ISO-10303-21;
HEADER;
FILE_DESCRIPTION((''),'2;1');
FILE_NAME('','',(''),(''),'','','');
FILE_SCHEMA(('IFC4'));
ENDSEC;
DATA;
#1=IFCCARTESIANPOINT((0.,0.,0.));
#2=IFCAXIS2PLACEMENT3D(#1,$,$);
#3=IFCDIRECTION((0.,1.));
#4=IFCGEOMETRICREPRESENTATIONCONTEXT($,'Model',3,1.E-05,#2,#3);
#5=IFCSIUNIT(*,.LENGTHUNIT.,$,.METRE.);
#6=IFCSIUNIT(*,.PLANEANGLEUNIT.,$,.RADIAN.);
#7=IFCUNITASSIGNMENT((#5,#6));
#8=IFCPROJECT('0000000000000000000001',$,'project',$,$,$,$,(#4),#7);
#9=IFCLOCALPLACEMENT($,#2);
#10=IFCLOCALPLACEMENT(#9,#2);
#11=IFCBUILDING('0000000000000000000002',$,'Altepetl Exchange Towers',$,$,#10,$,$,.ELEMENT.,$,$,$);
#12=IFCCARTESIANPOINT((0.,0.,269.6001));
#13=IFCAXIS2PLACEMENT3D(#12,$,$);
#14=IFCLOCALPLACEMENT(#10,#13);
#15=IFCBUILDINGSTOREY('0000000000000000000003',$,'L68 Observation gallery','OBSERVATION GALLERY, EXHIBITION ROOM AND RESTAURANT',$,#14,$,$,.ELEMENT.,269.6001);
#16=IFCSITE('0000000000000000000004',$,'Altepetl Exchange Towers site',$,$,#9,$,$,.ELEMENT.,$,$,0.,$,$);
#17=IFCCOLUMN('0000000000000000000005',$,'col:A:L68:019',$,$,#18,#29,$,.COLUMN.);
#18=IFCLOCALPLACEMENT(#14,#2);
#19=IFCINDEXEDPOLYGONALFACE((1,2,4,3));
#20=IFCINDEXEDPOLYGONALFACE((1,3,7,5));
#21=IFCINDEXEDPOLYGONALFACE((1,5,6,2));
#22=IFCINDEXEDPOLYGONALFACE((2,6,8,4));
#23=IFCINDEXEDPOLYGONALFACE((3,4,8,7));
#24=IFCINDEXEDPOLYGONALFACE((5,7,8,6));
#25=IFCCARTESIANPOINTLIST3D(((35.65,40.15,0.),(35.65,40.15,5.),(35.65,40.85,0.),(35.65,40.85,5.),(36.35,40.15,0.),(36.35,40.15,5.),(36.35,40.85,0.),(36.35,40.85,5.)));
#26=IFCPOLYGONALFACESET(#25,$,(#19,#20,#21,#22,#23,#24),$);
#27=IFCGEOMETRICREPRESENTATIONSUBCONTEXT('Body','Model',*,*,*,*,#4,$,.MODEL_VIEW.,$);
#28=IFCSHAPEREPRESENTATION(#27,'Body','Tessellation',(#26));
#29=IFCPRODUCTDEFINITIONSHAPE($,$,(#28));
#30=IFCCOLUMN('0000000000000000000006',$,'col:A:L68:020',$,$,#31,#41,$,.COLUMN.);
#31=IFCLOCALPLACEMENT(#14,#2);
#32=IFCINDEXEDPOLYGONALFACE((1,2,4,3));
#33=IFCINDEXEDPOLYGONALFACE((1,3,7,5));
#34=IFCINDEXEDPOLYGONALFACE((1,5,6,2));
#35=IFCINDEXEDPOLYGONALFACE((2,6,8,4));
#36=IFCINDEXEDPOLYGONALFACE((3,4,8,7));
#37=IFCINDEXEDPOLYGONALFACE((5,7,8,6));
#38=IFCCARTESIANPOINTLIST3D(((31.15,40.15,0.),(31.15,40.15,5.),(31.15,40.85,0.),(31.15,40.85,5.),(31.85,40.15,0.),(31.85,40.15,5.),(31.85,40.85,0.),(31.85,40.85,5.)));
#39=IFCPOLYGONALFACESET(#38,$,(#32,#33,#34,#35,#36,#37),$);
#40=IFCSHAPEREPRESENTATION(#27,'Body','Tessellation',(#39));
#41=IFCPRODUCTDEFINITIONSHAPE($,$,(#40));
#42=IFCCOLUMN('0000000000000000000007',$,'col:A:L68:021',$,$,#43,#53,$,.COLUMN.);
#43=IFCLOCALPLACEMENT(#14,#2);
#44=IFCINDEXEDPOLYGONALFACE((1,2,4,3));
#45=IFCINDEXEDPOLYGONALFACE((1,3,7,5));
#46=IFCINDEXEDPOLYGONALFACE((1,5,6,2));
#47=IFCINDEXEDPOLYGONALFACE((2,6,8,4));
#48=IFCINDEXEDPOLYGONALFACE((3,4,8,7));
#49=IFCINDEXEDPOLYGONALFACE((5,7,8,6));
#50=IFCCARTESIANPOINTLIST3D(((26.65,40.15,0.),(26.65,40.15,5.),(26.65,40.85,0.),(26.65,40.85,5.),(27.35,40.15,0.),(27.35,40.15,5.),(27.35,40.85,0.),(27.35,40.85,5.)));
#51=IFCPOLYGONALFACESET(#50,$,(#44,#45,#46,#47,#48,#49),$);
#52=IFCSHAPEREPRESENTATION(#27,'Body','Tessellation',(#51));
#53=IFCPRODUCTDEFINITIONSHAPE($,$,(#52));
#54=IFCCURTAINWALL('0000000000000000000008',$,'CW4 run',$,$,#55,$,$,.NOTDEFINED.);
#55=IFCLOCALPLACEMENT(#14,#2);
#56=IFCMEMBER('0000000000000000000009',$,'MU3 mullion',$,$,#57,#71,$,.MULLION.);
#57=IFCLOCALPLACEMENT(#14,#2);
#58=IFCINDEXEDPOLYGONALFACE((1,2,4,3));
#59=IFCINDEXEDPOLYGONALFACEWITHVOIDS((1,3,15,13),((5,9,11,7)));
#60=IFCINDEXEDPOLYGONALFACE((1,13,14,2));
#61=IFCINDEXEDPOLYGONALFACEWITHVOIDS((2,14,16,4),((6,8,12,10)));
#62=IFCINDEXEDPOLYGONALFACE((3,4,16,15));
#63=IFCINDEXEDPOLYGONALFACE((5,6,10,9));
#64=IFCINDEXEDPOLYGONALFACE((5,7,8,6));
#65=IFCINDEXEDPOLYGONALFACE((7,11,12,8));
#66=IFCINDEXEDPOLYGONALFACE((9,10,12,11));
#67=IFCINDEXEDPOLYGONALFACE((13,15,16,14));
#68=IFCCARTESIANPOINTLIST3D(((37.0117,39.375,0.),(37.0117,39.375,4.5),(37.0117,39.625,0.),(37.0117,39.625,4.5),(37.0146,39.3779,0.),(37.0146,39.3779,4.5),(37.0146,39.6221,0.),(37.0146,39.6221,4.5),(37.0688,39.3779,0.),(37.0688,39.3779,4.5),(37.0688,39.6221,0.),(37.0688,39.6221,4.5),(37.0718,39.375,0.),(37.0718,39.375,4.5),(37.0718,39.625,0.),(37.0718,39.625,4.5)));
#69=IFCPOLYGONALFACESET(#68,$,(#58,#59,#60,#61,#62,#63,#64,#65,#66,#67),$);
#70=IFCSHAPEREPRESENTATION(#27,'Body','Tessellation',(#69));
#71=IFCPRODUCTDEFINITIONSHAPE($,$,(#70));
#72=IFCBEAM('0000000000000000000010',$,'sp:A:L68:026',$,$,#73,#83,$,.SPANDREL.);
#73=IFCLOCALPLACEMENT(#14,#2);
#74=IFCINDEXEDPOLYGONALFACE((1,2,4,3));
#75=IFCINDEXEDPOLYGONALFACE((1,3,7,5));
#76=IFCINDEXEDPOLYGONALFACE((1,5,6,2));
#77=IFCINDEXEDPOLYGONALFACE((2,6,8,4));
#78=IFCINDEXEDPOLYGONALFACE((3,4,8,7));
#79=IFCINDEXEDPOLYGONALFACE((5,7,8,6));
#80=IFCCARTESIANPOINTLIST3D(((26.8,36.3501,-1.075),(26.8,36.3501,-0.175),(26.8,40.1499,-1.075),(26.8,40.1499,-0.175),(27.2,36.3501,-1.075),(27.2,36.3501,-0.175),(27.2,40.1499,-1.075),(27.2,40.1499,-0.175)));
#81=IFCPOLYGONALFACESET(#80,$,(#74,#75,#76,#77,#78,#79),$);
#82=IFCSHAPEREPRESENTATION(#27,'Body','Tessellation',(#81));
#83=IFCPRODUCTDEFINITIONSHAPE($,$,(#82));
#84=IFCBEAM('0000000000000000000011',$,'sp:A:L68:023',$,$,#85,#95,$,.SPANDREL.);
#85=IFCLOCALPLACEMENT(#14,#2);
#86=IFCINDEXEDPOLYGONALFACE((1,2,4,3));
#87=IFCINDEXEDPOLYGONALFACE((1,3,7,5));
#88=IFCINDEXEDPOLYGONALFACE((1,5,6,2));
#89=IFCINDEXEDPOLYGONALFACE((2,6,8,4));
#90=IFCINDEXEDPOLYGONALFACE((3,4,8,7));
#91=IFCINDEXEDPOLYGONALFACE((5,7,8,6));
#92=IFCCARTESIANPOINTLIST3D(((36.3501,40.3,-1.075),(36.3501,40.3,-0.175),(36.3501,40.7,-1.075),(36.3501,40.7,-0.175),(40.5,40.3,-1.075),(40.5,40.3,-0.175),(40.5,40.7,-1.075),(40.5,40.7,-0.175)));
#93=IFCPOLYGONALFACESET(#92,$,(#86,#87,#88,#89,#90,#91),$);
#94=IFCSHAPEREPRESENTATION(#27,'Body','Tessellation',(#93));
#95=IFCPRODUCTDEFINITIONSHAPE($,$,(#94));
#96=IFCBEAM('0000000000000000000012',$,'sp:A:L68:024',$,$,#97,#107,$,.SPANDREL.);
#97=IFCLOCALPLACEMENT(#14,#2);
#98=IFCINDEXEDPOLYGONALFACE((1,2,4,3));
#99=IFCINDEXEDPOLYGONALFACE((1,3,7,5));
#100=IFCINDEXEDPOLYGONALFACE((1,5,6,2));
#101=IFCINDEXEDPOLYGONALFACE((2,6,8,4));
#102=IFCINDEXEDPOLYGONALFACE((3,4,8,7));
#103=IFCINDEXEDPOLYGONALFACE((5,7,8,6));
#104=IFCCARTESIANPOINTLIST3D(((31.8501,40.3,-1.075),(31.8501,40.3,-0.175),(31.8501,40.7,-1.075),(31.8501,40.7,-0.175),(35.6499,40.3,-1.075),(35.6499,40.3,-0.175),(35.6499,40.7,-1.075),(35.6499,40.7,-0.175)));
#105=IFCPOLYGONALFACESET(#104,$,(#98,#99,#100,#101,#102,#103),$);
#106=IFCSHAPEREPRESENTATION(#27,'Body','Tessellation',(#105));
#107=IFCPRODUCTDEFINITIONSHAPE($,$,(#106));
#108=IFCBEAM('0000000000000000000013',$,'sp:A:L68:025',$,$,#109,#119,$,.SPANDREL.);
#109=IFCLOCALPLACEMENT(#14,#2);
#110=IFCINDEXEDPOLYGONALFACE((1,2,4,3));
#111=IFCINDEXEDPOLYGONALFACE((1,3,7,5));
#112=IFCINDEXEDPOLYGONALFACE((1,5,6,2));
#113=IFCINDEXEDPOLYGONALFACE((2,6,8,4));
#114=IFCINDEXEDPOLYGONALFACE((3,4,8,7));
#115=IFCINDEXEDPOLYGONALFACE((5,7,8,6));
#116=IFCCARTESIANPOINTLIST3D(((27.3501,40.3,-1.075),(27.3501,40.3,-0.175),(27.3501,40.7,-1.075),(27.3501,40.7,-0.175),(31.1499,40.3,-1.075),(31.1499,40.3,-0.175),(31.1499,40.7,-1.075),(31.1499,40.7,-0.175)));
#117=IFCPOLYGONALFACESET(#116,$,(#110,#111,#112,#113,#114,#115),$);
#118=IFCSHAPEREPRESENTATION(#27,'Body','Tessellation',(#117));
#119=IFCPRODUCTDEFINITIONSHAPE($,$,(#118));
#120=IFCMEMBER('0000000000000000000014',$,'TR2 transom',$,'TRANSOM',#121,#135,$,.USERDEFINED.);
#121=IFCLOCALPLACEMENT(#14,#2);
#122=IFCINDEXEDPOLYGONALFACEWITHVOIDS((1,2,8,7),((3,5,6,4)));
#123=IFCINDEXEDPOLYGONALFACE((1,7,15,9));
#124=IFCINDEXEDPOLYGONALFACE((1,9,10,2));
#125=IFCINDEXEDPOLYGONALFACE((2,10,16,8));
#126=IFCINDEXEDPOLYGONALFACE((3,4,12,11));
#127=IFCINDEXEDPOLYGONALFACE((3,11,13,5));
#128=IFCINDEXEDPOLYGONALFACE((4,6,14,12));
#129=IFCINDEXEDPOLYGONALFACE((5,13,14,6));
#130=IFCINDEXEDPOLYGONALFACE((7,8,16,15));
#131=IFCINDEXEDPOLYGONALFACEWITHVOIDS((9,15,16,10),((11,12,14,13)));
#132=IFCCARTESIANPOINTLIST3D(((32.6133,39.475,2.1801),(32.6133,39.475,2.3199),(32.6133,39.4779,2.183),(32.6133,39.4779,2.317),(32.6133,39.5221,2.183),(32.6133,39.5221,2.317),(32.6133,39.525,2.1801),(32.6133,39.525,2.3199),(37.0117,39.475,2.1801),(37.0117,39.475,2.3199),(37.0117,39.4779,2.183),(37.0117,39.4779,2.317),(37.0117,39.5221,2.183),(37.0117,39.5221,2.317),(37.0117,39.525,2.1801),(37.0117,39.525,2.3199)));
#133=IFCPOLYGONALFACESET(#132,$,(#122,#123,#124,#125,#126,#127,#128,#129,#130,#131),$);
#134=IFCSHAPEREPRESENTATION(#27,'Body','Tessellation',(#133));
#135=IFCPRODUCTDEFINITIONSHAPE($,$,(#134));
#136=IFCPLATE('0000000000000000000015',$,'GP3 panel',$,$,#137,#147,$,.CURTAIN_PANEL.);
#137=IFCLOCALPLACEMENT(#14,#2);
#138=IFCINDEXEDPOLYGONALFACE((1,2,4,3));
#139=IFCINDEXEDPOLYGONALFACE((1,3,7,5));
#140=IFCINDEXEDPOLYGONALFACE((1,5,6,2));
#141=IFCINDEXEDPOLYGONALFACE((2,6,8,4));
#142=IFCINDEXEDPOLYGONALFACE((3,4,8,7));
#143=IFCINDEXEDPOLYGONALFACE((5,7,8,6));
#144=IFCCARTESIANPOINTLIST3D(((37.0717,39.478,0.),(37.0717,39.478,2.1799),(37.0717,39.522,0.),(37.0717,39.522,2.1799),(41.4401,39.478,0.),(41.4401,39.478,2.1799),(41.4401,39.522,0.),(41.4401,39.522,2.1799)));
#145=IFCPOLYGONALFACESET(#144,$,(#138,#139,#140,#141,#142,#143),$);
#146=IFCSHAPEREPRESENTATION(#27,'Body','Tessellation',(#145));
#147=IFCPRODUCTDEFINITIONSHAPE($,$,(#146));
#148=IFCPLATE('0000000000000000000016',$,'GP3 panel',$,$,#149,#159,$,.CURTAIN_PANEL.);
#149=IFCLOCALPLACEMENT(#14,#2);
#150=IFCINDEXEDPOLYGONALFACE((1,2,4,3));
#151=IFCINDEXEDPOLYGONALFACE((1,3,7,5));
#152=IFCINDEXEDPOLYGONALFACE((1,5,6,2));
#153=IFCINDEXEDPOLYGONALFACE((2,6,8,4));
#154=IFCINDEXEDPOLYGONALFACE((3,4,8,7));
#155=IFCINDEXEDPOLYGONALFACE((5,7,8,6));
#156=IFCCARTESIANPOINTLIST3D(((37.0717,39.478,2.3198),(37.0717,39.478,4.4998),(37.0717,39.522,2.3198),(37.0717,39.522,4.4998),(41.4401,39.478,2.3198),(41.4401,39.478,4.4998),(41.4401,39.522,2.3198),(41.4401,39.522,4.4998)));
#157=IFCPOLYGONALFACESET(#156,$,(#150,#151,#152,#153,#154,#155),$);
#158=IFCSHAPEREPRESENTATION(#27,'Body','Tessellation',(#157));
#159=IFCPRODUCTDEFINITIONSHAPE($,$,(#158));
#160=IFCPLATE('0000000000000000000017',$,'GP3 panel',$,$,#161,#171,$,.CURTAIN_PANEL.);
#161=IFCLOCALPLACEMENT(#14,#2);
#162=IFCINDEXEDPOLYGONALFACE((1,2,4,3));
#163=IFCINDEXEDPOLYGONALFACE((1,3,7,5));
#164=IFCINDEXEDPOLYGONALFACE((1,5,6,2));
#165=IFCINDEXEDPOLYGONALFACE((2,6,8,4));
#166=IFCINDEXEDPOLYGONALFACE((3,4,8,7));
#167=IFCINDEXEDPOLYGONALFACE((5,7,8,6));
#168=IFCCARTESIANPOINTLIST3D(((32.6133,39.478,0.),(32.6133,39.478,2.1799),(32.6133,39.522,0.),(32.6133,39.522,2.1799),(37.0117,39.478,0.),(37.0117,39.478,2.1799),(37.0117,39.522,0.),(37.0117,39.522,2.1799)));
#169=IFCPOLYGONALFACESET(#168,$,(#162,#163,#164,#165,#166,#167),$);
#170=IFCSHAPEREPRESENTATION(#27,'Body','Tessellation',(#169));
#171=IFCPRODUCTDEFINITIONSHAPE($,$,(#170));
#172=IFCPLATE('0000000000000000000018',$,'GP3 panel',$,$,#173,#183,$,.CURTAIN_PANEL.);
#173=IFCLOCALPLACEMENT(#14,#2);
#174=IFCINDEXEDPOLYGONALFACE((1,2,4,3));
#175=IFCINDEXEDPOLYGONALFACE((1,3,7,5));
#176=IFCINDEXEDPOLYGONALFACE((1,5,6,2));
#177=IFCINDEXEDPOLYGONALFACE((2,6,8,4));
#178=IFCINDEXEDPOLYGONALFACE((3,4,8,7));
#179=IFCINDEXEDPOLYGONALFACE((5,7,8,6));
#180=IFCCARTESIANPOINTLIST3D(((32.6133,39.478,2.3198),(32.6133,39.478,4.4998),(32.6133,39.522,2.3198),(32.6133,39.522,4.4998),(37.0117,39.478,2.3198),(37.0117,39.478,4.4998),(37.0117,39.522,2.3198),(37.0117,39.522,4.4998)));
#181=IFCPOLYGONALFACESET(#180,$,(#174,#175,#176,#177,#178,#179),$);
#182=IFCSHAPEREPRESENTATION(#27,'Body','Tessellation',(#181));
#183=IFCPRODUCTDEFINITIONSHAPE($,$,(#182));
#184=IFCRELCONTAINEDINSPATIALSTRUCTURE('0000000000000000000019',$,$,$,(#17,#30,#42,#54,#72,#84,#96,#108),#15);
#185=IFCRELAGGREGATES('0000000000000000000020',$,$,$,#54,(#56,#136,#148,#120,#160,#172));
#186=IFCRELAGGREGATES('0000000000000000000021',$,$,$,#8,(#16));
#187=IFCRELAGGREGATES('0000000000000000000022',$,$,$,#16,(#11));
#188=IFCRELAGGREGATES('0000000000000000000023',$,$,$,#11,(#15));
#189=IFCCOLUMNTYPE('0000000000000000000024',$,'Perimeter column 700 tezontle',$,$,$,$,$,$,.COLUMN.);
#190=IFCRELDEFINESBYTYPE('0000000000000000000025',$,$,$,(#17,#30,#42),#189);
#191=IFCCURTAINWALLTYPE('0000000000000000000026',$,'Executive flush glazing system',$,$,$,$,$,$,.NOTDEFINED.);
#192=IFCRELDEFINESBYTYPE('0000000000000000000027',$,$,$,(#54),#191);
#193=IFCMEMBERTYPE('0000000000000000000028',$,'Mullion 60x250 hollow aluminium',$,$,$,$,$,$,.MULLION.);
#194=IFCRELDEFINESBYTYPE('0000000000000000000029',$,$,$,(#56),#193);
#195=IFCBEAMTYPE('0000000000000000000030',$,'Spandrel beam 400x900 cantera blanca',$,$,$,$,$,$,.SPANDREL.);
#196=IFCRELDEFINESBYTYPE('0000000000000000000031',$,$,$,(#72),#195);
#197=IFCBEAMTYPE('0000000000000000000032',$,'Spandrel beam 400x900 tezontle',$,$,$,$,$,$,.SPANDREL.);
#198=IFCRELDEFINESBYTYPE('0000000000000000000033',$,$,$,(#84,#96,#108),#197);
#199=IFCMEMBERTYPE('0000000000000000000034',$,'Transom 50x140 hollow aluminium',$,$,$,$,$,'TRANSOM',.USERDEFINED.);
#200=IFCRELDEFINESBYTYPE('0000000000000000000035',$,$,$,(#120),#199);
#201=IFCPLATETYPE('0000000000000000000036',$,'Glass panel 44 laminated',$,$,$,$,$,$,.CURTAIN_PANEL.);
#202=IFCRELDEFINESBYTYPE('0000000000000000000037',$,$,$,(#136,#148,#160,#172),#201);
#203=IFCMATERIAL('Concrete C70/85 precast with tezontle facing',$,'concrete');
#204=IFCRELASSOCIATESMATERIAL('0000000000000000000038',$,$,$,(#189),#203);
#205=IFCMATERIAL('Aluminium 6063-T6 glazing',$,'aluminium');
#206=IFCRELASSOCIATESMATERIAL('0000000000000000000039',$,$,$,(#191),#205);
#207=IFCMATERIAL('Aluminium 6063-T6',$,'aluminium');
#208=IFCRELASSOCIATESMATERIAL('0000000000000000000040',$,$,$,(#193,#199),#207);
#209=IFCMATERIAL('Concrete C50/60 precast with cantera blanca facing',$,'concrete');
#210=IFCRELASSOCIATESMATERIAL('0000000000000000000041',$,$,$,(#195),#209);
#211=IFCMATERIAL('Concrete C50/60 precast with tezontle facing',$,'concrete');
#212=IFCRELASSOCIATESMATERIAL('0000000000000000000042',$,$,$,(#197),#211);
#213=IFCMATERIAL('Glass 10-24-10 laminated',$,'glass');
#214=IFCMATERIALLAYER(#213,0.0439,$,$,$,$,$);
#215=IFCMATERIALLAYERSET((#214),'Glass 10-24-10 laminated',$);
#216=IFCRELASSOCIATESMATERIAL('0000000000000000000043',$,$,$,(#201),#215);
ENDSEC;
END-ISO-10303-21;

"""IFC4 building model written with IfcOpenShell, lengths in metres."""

from ifc_helpers import new_model, si_unit, direction, frame, origin, origin_2d, place, context, subcontext, project, spatial, rectangle, hollow_rectangle, extrude, material, layer, layer_set, material_profile, profile_set, type_object, element, aggregate, save


model = new_model("IFC4")

# Units and contexts
model_context = context("Model", 3, precision=1e-05, world=origin(), true_north=direction((0.0, 1.0)))
body_context = subcontext(model_context, "Body", "Model", "MODEL_VIEW")
ifc_project = project(units=[si_unit("LENGTHUNIT", "METRE"), si_unit("PLANEANGLEUNIT", "RADIAN")], contexts=[model_context])

# Site, building, storey
site_placement = place(None, origin())
site = spatial("IfcSite", under=ifc_project, at=site_placement, Name="Altepetl Exchange Towers site", CompositionType="ELEMENT", RefElevation=0.0)
building_placement = place(site_placement, origin())
building = spatial("IfcBuilding", under=site, at=building_placement, Name="Altepetl Exchange Towers", CompositionType="ELEMENT")
storey_placement = place(building_placement, frame((0.0, 0.0, 269.6001)))
storey = spatial("IfcBuildingStorey", under=building, at=storey_placement, Name="L68 Observation gallery", Description="OBSERVATION GALLERY, EXHIBITION ROOM AND RESTAURANT", CompositionType="ELEMENT", Elevation=269.6001)

# Columns
ifc_material_1 = material(Name="Concrete C70/85 precast with tezontle facing", Category="concrete")
ifc_material_profile_1 = material_profile(ifc_material_1, rectangle(XDim=0.7, YDim=0.7, at=origin_2d()), Name="700 x 700")
ifc_profile_set_1 = profile_set([ifc_material_profile_1], Name="Concrete C70/85 precast with tezontle facing")
column_type = type_object("IfcColumnType", Name="Perimeter column 700 tezontle", PredefinedType="COLUMN", material=ifc_profile_set_1)
for number, where, name in (
    (1, (36.0, 40.5, 0.0), "col:A:L68:019"),
    (2, (31.5, 40.5, 0.0), "col:A:L68:020"),
    (3, (27.0, 40.5, 0.0), "col:A:L68:021"),
):
    element("IfcColumn", number, at=place(storey_placement, frame(where)), inside=storey, type_object=column_type, Name=name, PredefinedType="COLUMN", context=body_context, shape_type="SweptSolid", body=[
        extrude(rectangle(XDim=0.7, YDim=0.7, at=origin_2d()), origin(), (0.0, 0.0, 1.0), 5.0),
    ])

# Curtain wall, member
ifc_material_2 = material(Name="Aluminium 6063-T6 glazing", Category="aluminium")
curtain_wall_type = type_object("IfcCurtainWallType", Name="Executive flush glazing system", PredefinedType="NOTDEFINED", material=ifc_material_2)
curtain_wall_placement = place(storey_placement, origin())
curtain_wall = element("IfcCurtainWall", 4, at=curtain_wall_placement, inside=storey, type_object=curtain_wall_type, Name="CW4 run", PredefinedType="NOTDEFINED")
ifc_material_3 = material(Name="Aluminium 6063-T6", Category="aluminium")
ifc_material_profile_2 = material_profile(ifc_material_3, hollow_rectangle(XDim=0.0601, YDim=0.25, WallThickness=0.0029, at=origin_2d()), Name="Mullion 60x250 hollow aluminium")
ifc_profile_set_2 = profile_set([ifc_material_profile_2], Name="Aluminium 6063-T6")
member_type_1 = type_object("IfcMemberType", Name="Mullion 60x250 hollow aluminium", PredefinedType="MULLION", material=ifc_profile_set_2)
member_1_placement = place(storey_placement, frame((37.0417, 39.5, 0.0), z_axis=(0.0, 0.0, 1.0), x_axis=(-1.0, 0.0, 0.0)))
member_1 = element("IfcMember", 5, at=member_1_placement, type_object=member_type_1, Name="MU3 mullion", PredefinedType="MULLION", context=body_context, shape_type="SweptSolid", body=[
    extrude(hollow_rectangle(XDim=0.0601, YDim=0.25, WallThickness=0.0029, at=origin_2d()), origin(), (0.0, 0.0, 1.0), 4.5),
])

# Beams
ifc_material_4 = material(Name="Concrete C50/60 precast with cantera blanca facing", Category="concrete")
ifc_material_profile_3 = material_profile(ifc_material_4, rectangle(XDim=0.3999, YDim=0.8999, at=origin_2d()), Name="400 x 900")
ifc_profile_set_3 = profile_set([ifc_material_profile_3], Name="Concrete C50/60 precast with cantera blanca facing")
beam_type_1 = type_object("IfcBeamType", Name="Spandrel beam 400x900 cantera blanca", PredefinedType="SPANDREL", material=ifc_profile_set_3)
beam_1_placement = place(storey_placement, frame((27.0, 40.1499, -0.625), z_axis=(0.0, -1.0, 0.0), x_axis=(1.0, 0.0, 0.0)))
element("IfcBeam", 6, at=beam_1_placement, inside=storey, type_object=beam_type_1, Name="sp:A:L68:026", PredefinedType="SPANDREL", context=body_context, shape_type="SweptSolid", body=[
    extrude(rectangle(XDim=0.3999, YDim=0.8999, at=origin_2d()), origin(), (0.0, 0.0, 1.0), 3.7998),
])
ifc_material_5 = material(Name="Concrete C50/60 precast with tezontle facing", Category="concrete")
ifc_material_profile_4 = material_profile(ifc_material_5, rectangle(XDim=0.3999, YDim=0.8999, at=origin_2d()), Name="400 x 900")
ifc_profile_set_4 = profile_set([ifc_material_profile_4], Name="Concrete C50/60 precast with tezontle facing")
beam_type_2 = type_object("IfcBeamType", Name="Spandrel beam 400x900 tezontle", PredefinedType="SPANDREL", material=ifc_profile_set_4)
beam_2_placement = place(storey_placement, frame((40.5, 40.5, -0.625), z_axis=(-1.0, 0.0, 0.0), x_axis=(0.0, -1.0, 0.0)))
element("IfcBeam", 7, at=beam_2_placement, inside=storey, type_object=beam_type_2, Name="sp:A:L68:023", PredefinedType="SPANDREL", context=body_context, shape_type="SweptSolid", body=[
    extrude(rectangle(XDim=0.3999, YDim=0.8999, at=origin_2d()), origin(), (0.0, 0.0, 1.0), 4.1499),
])
for number, where, z_axis, x_axis, name in (
    (8, (35.6499, 40.5, -0.625), (-1.0, 0.0, 0.0), (0.0, -1.0, 0.0), "sp:A:L68:024"),
    (9, (31.1499, 40.5, -0.625), (-1.0, 0.0, 0.0), (0.0, -1.0, 0.0), "sp:A:L68:025"),
):
    element("IfcBeam", number, at=place(storey_placement, frame(where, z_axis=z_axis, x_axis=x_axis)), inside=storey, type_object=beam_type_2, Name=name, PredefinedType="SPANDREL", context=body_context, shape_type="SweptSolid", body=[
        extrude(rectangle(XDim=0.3999, YDim=0.8999, at=origin_2d()), origin(), (0.0, 0.0, 1.0), 3.7998),
    ])

# Member
ifc_material_profile_5 = material_profile(ifc_material_3, hollow_rectangle(XDim=0.05, YDim=0.1399, WallThickness=0.0029, at=origin_2d()), Name="Transom 50x140 hollow aluminium")
ifc_profile_set_5 = profile_set([ifc_material_profile_5], Name="Aluminium 6063-T6")
member_type_2 = type_object("IfcMemberType", Name="Transom 50x140 hollow aluminium", ElementType="TRANSOM", PredefinedType="USERDEFINED", material=ifc_profile_set_5)
member_2_placement = place(storey_placement, frame((37.0117, 39.5, 2.25), z_axis=(-1.0, 0.0, 0.0), x_axis=(0.0, -1.0, 0.0)))
member_2 = element("IfcMember", 10, at=member_2_placement, type_object=member_type_2, Name="TR2 transom", ObjectType="TRANSOM", PredefinedType="USERDEFINED", context=body_context, shape_type="SweptSolid", body=[
    extrude(hollow_rectangle(XDim=0.05, YDim=0.1399, WallThickness=0.0029, at=origin_2d()), origin(), (0.0, 0.0, 1.0), 4.3984),
])

# Plates
ifc_material_6 = material(Name="Glass 10-24-10 laminated", Category="glass")
ifc_layer_1 = layer(ifc_material_6, 0.0439)
ifc_layer_set_1 = layer_set([ifc_layer_1], Name="Glass 10-24-10 laminated")
plate_type = type_object("IfcPlateType", Name="Glass panel 44 laminated", PredefinedType="CURTAIN_PANEL", material=ifc_layer_set_1)
plate_1_placement = place(storey_placement, frame((39.2559, 39.5, 0.0), z_axis=(0.0, 0.0, 1.0), x_axis=(-1.0, 0.0, 0.0)))
plate_1 = element("IfcPlate", 11, at=plate_1_placement, type_object=plate_type, Name="GP3 panel", PredefinedType="CURTAIN_PANEL", context=body_context, shape_type="SweptSolid", body=[
    extrude(rectangle(XDim=4.3684, YDim=0.0439, at=origin_2d()), origin(), (0.0, 0.0, 1.0), 2.1799),
])
plate_2_placement = place(storey_placement, frame((39.2559, 39.5, 2.3198), z_axis=(0.0, 0.0, 1.0), x_axis=(-1.0, 0.0, 0.0)))
plate_2 = element("IfcPlate", 12, at=plate_2_placement, type_object=plate_type, Name="GP3 panel", PredefinedType="CURTAIN_PANEL", context=body_context, shape_type="SweptSolid", body=[
    extrude(rectangle(XDim=4.3684, YDim=0.0439, at=origin_2d()), origin(), (0.0, 0.0, 1.0), 2.1799),
])
plate_3_placement = place(storey_placement, frame((34.8125, 39.5, 0.0), z_axis=(0.0, 0.0, 1.0), x_axis=(-1.0, 0.0, 0.0)))
plate_3 = element("IfcPlate", 13, at=plate_3_placement, type_object=plate_type, Name="GP3 panel", PredefinedType="CURTAIN_PANEL", context=body_context, shape_type="SweptSolid", body=[
    extrude(rectangle(XDim=4.3984, YDim=0.0439, at=origin_2d()), origin(), (0.0, 0.0, 1.0), 2.1799),
])
plate_4_placement = place(storey_placement, frame((34.8125, 39.5, 2.3198), z_axis=(0.0, 0.0, 1.0), x_axis=(-1.0, 0.0, 0.0)))
plate_4 = element("IfcPlate", 14, at=plate_4_placement, type_object=plate_type, Name="GP3 panel", PredefinedType="CURTAIN_PANEL", context=body_context, shape_type="SweptSolid", body=[
    extrude(rectangle(XDim=4.3984, YDim=0.0439, at=origin_2d()), origin(), (0.0, 0.0, 1.0), 2.1799),
])
aggregate(curtain_wall, [member_1, plate_1, plate_2, member_2, plate_3, plate_4])

save(model, "model.ifc")
